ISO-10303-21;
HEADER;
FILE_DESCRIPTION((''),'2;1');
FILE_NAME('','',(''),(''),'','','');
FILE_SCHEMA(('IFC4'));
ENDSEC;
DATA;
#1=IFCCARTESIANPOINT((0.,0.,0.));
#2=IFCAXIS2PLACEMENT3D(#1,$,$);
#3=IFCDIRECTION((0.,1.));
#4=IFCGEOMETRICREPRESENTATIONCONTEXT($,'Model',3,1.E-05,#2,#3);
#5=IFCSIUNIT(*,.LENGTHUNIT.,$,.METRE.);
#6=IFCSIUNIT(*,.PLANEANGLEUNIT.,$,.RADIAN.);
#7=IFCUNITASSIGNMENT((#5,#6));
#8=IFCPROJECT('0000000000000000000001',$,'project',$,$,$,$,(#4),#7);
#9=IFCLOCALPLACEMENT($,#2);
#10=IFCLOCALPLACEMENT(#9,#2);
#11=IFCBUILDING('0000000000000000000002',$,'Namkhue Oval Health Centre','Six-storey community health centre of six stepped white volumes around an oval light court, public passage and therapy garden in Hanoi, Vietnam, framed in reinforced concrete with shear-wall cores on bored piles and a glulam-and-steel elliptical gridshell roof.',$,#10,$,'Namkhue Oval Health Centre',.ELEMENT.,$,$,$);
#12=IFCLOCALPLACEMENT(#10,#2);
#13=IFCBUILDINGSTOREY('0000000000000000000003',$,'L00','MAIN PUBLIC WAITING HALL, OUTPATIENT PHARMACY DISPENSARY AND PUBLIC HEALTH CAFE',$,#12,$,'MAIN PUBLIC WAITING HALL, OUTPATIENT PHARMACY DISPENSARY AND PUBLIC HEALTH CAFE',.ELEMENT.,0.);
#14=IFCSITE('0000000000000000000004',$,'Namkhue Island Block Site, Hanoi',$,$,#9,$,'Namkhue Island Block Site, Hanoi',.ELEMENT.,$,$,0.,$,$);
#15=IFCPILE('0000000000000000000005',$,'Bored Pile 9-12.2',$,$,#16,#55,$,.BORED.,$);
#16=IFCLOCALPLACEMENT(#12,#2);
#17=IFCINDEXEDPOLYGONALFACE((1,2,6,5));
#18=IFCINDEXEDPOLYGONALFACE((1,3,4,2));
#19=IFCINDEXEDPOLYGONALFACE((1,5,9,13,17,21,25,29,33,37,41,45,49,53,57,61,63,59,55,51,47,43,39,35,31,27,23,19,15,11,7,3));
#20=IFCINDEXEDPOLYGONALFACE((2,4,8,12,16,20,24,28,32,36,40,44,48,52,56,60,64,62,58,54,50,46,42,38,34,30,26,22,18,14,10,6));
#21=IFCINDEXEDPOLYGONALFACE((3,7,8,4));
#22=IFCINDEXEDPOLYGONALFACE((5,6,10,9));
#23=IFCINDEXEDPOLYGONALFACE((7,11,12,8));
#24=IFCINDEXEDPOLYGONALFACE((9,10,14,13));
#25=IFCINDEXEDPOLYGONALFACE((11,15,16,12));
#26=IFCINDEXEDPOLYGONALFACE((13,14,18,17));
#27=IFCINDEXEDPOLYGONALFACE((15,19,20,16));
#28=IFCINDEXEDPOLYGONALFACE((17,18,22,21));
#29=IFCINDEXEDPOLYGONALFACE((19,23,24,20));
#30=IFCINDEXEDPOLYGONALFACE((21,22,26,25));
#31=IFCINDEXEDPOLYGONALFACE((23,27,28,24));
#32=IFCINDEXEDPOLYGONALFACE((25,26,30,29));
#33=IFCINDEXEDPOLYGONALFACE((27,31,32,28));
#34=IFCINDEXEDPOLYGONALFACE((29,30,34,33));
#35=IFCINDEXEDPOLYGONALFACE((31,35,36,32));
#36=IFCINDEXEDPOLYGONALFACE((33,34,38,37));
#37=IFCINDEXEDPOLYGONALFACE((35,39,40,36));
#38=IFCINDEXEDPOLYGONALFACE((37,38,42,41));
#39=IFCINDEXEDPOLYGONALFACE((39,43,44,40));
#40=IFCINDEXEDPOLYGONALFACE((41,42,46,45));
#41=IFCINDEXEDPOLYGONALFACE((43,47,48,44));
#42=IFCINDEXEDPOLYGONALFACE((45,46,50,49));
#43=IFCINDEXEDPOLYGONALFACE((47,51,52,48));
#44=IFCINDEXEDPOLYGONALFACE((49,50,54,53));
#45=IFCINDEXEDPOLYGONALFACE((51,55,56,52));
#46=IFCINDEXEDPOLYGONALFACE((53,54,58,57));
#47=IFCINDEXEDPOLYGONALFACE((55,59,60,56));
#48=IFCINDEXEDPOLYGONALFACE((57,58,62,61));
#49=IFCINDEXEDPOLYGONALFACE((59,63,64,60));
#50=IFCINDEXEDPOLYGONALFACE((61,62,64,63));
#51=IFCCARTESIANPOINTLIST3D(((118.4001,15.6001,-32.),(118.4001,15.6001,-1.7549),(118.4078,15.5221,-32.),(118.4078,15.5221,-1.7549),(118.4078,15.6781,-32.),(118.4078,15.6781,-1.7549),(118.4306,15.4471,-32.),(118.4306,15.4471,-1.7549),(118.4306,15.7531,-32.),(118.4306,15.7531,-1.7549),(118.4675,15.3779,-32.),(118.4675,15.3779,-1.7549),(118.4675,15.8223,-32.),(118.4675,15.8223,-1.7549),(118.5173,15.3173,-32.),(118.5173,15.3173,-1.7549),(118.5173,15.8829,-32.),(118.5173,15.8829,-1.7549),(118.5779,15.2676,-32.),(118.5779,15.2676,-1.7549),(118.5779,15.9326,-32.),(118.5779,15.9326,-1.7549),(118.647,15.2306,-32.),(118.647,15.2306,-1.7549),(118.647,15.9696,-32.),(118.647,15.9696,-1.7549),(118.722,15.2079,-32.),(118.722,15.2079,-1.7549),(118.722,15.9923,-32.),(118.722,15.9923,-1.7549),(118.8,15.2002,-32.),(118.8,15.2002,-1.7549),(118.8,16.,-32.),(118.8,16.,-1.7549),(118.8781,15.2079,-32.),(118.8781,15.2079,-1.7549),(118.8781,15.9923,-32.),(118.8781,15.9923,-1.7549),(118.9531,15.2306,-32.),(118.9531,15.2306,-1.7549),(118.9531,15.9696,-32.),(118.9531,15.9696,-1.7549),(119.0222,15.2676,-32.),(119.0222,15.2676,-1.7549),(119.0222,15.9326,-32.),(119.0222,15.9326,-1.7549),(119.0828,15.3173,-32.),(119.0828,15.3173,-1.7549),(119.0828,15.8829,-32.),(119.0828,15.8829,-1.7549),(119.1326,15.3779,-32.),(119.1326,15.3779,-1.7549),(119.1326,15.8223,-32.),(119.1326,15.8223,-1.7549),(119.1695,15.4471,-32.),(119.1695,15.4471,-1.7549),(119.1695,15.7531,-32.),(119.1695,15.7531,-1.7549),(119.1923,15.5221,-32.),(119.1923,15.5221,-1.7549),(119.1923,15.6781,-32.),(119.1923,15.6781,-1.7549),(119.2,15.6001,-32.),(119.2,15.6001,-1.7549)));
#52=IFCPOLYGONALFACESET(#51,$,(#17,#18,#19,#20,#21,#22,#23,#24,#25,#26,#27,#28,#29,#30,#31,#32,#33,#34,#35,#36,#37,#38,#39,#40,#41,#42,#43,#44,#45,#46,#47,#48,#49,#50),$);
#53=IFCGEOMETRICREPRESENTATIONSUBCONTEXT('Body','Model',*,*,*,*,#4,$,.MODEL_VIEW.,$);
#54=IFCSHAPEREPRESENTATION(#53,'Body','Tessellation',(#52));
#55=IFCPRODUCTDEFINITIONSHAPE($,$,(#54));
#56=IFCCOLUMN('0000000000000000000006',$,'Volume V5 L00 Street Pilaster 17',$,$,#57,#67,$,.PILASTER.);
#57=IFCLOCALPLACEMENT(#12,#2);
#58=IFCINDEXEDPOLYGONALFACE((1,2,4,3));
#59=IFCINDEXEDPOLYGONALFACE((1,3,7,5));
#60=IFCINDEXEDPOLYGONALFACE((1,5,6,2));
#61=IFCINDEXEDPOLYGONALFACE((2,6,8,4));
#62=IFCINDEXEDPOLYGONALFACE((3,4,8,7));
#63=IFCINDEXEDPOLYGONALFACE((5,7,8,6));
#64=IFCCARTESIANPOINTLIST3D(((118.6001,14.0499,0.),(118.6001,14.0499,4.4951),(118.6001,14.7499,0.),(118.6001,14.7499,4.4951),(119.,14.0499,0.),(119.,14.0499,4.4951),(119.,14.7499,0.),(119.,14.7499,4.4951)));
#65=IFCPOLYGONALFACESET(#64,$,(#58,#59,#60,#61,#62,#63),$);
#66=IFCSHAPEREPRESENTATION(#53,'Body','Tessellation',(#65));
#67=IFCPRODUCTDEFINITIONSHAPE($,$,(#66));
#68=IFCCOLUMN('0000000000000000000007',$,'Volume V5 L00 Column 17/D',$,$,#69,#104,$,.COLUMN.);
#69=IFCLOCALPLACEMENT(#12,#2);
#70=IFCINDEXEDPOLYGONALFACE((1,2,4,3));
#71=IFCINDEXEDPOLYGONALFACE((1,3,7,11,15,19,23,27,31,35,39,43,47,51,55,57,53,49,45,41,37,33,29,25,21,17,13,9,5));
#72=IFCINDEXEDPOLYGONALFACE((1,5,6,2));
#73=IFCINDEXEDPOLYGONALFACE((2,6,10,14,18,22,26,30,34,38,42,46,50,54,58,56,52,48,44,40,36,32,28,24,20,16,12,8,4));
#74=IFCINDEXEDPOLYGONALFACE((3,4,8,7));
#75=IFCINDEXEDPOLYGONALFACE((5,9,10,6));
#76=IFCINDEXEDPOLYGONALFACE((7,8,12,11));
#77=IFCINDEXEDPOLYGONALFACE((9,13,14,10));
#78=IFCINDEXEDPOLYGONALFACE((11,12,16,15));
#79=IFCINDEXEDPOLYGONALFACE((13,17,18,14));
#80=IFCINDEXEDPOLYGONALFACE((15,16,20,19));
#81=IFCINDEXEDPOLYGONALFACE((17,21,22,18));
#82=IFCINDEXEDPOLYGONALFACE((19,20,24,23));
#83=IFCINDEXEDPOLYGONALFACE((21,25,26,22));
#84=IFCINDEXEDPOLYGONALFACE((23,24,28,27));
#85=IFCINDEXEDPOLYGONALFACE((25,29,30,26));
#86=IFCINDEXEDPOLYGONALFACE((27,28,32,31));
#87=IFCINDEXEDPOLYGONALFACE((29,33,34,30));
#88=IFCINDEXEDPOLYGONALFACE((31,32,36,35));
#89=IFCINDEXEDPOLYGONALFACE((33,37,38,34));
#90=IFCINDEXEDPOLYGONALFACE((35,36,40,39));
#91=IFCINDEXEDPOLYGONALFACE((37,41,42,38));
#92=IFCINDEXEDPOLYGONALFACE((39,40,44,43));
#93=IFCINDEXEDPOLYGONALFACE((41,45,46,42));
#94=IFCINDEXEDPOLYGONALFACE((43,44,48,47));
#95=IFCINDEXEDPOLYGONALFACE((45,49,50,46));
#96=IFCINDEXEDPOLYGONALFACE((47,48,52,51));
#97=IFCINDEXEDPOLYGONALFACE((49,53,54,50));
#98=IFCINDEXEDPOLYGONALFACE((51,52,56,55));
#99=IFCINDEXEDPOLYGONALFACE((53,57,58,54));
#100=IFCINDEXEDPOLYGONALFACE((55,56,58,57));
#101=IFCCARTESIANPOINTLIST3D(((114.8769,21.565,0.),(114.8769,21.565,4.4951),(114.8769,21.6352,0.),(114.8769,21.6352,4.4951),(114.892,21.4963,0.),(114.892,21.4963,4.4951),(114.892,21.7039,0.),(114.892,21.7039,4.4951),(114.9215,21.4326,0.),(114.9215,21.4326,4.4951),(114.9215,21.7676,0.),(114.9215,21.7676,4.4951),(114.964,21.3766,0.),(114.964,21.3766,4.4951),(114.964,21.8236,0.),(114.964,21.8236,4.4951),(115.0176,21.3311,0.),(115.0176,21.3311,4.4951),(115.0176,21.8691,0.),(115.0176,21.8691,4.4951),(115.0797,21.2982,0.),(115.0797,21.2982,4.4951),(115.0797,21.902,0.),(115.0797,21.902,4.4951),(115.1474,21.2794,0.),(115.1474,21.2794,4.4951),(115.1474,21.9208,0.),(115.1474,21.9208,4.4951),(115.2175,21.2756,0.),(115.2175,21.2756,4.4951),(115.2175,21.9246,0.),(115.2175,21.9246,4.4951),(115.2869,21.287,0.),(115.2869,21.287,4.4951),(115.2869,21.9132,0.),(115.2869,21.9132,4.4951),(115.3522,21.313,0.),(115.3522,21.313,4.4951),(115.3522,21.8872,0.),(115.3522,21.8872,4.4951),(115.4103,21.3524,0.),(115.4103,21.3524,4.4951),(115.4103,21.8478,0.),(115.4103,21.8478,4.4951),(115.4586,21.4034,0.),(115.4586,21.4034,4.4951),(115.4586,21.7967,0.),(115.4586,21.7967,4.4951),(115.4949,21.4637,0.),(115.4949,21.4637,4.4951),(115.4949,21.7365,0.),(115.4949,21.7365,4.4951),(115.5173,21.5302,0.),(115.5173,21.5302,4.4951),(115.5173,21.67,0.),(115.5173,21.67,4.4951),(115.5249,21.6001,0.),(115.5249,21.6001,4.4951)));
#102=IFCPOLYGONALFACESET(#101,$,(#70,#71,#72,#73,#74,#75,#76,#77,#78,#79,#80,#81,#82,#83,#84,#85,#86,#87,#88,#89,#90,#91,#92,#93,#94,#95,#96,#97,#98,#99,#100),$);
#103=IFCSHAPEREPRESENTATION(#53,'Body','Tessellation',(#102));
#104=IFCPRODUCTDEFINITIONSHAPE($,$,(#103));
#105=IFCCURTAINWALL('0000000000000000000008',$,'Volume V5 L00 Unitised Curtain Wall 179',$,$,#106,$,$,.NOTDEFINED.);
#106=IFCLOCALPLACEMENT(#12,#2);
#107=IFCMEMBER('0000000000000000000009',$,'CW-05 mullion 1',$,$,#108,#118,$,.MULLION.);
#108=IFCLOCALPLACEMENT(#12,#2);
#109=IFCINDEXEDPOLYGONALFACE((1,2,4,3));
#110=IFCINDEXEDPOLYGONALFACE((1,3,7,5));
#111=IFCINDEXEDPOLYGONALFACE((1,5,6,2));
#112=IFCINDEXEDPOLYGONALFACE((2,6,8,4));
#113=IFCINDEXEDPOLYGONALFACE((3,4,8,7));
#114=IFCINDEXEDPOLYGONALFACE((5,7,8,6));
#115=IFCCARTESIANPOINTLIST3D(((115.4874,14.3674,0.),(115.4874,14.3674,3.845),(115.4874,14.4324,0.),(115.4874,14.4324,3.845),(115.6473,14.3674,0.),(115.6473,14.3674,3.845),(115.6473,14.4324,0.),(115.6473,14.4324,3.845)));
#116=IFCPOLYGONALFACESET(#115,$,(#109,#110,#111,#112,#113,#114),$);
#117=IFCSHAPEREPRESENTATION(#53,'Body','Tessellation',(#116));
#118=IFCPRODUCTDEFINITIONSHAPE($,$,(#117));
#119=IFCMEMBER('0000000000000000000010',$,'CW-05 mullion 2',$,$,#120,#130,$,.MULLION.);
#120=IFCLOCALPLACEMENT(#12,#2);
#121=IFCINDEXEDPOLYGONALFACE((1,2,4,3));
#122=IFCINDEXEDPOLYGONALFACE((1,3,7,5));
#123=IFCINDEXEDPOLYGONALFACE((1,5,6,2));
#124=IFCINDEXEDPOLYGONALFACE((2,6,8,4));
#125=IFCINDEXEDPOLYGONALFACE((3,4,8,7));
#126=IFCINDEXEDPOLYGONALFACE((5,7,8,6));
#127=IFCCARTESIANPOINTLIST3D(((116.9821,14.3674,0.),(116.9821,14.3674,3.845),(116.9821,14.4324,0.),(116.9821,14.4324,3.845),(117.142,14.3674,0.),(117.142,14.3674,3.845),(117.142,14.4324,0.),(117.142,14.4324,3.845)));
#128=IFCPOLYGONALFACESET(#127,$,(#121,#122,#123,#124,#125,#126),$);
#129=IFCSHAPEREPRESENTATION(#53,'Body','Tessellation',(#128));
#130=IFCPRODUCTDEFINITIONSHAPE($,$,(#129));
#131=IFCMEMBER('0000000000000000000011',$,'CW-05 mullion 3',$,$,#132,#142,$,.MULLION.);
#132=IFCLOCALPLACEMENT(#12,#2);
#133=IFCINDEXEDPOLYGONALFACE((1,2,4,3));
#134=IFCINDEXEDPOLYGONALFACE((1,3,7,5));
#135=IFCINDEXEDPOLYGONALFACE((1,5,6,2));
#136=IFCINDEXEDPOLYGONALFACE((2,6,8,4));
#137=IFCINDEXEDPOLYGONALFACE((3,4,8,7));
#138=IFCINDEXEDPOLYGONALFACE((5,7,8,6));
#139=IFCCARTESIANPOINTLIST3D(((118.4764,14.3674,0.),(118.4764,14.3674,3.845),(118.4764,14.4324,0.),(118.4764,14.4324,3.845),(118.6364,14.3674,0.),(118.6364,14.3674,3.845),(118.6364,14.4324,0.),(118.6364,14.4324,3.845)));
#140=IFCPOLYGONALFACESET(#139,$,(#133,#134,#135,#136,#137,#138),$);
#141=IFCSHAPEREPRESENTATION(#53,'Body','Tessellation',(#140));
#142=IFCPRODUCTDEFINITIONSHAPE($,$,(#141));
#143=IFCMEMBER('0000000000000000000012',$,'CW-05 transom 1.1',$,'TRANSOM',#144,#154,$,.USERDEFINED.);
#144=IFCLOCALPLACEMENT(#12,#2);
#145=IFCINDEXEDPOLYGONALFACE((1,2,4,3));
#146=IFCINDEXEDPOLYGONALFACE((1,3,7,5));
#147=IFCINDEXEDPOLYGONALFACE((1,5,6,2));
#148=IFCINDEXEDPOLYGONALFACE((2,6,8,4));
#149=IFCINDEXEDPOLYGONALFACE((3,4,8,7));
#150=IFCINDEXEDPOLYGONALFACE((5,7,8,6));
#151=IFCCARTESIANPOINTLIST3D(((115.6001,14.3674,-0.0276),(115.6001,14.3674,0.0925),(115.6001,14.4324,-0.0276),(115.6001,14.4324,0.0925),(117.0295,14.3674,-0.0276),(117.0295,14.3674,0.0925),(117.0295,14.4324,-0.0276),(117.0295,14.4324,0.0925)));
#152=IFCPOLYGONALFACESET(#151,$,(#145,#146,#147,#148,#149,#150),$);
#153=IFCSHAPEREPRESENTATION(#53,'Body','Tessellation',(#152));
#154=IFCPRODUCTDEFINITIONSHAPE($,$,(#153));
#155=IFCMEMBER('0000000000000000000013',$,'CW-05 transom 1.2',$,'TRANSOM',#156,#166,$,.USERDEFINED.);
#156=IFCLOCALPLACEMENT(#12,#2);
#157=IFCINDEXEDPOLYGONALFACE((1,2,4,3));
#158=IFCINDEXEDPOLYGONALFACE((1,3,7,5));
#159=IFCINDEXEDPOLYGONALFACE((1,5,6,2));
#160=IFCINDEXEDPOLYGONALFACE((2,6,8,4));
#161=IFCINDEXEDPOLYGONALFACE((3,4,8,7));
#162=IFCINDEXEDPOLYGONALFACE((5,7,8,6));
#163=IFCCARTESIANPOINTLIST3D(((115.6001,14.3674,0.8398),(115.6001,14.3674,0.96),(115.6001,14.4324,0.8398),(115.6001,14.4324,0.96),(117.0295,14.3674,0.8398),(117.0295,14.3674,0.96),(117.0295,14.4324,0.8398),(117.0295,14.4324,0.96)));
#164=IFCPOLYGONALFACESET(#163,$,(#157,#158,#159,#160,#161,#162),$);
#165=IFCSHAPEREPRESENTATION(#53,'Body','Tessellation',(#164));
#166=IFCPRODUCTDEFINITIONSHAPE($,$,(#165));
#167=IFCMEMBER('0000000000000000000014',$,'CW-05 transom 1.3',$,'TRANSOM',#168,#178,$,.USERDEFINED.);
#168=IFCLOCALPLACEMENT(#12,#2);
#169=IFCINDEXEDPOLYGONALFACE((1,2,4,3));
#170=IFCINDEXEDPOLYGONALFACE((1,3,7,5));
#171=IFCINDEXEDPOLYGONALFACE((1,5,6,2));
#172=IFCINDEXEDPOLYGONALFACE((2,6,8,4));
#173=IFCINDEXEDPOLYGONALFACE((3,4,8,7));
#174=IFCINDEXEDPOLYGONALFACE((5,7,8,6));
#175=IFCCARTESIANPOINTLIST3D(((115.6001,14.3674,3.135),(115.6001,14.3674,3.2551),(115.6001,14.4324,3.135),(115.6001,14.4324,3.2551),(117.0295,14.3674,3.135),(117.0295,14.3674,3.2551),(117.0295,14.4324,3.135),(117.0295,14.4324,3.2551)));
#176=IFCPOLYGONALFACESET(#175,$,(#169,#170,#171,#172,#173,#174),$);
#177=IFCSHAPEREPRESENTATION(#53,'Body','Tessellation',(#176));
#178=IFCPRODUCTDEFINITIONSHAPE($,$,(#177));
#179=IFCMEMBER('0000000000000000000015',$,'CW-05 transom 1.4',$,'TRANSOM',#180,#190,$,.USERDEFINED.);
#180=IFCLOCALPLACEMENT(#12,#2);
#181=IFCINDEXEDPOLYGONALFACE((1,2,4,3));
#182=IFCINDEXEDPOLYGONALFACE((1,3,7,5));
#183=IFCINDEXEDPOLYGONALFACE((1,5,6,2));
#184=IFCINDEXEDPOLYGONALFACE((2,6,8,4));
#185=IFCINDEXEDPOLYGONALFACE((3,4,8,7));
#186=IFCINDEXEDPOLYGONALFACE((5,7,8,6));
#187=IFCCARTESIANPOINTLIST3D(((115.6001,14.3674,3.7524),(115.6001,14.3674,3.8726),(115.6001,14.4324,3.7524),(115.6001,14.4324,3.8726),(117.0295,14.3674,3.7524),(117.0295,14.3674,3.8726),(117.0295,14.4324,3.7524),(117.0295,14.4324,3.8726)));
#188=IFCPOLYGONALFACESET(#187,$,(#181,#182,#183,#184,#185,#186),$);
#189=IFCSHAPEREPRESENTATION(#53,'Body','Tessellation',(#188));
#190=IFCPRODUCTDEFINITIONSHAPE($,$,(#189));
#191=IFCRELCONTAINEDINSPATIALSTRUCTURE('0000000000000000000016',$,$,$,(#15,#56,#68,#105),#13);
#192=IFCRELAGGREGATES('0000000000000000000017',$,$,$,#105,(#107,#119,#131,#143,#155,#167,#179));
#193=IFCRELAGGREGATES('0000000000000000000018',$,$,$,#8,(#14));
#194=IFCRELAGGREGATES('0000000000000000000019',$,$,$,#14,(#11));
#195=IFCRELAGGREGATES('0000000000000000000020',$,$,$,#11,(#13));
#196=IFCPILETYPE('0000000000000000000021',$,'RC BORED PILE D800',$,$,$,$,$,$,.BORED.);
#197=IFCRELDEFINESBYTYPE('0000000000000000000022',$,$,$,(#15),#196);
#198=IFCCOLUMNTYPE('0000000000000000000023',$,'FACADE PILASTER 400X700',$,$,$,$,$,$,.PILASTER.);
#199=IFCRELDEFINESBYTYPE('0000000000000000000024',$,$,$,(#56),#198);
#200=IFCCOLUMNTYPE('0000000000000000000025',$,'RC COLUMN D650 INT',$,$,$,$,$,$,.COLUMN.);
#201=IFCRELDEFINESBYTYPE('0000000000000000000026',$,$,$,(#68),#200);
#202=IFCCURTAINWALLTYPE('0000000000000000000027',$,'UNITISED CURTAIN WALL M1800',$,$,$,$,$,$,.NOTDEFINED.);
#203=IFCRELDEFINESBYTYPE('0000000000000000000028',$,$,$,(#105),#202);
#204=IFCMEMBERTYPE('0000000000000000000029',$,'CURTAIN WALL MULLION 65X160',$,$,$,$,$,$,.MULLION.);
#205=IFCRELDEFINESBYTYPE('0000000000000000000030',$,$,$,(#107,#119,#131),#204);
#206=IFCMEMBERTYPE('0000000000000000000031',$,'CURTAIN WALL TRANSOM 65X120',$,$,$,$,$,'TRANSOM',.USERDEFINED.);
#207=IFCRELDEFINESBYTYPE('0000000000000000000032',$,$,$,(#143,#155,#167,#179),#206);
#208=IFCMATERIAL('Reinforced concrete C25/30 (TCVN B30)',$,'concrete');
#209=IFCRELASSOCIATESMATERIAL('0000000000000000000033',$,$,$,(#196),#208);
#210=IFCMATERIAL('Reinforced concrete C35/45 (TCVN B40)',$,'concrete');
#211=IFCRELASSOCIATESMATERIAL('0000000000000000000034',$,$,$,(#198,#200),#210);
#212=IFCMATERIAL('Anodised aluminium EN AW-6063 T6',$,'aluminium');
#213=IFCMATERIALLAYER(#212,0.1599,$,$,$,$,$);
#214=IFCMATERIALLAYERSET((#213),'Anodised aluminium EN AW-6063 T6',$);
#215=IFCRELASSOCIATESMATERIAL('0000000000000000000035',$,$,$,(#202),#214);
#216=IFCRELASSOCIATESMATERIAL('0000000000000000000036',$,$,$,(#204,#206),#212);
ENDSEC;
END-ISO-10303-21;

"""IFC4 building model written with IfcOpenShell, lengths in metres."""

from ifc_helpers import new_model, si_unit, direction, frame, origin, origin_2d, place, context, subcontext, project, spatial, rectangle, circle, extrude, material, layer, layer_set, material_profile, profile_set, type_object, element, aggregate, save


model = new_model("IFC4")

# Units and contexts
model_context = context("Model", 3, precision=1e-05, world=origin(), true_north=direction((0.0, 1.0)))
body_context = subcontext(model_context, "Body", "Model", "MODEL_VIEW")
ifc_project = project(units=[si_unit("LENGTHUNIT", "METRE"), si_unit("PLANEANGLEUNIT", "RADIAN")], contexts=[model_context])

# Site, building, storey
site_placement = place(None, origin())
site = spatial("IfcSite", under=ifc_project, at=site_placement, Name="Namkhue Island Block Site, Hanoi", LongName="Namkhue Island Block Site, Hanoi", CompositionType="ELEMENT", RefElevation=0.0)
building_placement = place(site_placement, origin())
building = spatial("IfcBuilding", under=site, at=building_placement, Name="Namkhue Oval Health Centre", Description="Six-storey community health centre of six stepped white volumes around an oval light court, public passage and therapy garden in Hanoi, Vietnam, framed in reinforced concrete with shear-wall cores on bored piles and a glulam-and-steel elliptical gridshell roof.", LongName="Namkhue Oval Health Centre", CompositionType="ELEMENT")
storey_placement = place(building_placement, origin())
storey = spatial("IfcBuildingStorey", under=building, at=storey_placement, Name="L00", Description="MAIN PUBLIC WAITING HALL, OUTPATIENT PHARMACY DISPENSARY AND PUBLIC HEALTH CAFE", LongName="MAIN PUBLIC WAITING HALL, OUTPATIENT PHARMACY DISPENSARY AND PUBLIC HEALTH CAFE", CompositionType="ELEMENT", Elevation=0.0)

# Pile
ifc_material_1 = material(Name="Reinforced concrete C25/30 (TCVN B30)", Category="concrete")
ifc_material_profile_1 = material_profile(ifc_material_1, circle(Radius=0.3999, at=origin_2d()), Name="BORED PILE D800")
ifc_profile_set_1 = profile_set([ifc_material_profile_1], Name="Reinforced concrete C25/30 (TCVN B30)")
pile_type_1 = type_object("IfcPileType", Name="RC BORED PILE D800", PredefinedType="BORED", material=ifc_profile_set_1)
for number, where, z_axis, x_axis, name in (
    (1, (118.8, 15.6001, -1.7549), (0.0, 0.0, -1.0), (1.0, 0.0, 0.0), "Bored Pile 9-12.2"),
):
    element("IfcPile", number, at=place(storey_placement, frame(where, z_axis=z_axis, x_axis=x_axis)), inside=storey, type_object=pile_type_1, Name=name, PredefinedType="BORED", context=body_context, shape_type="SweptSolid", body=[
        extrude(circle(Radius=0.3999, at=origin_2d()), origin(), (0.0, 0.0, 1.0), 30.2451),
    ])

# Columns
ifc_material_2 = material(Name="Reinforced concrete C35/45 (TCVN B40)", Category="concrete")
ifc_material_profile_2 = material_profile(ifc_material_2, rectangle(XDim=0.3999, YDim=0.7, at=origin_2d()), Name="RC 400x700")
ifc_profile_set_2 = profile_set([ifc_material_profile_2], Name="Reinforced concrete C35/45 (TCVN B40)")
column_type_1 = type_object("IfcColumnType", Name="FACADE PILASTER 400X700", PredefinedType="PILASTER", material=ifc_profile_set_2)
column_1_placement = place(storey_placement, frame((118.8, 14.3999, 0.0), z_axis=(0.0, 0.0, 1.0), x_axis=(1.0, 0.0, 0.0)))
element("IfcColumn", 2, at=column_1_placement, inside=storey, type_object=column_type_1, Name="Volume V5 L00 Street Pilaster 17", PredefinedType="PILASTER", context=body_context, shape_type="SweptSolid", body=[
    extrude(rectangle(XDim=0.3999, YDim=0.7, at=origin_2d()), origin(), (0.0, 0.0, 1.0), 4.4951),
])
ifc_material_profile_3 = material_profile(ifc_material_2, circle(Radius=0.325, at=origin_2d()), Name="RC D650")
ifc_profile_set_3 = profile_set([ifc_material_profile_3], Name="Reinforced concrete C35/45 (TCVN B40)")
column_type_2 = type_object("IfcColumnType", Name="RC COLUMN D650 INT", PredefinedType="COLUMN", material=ifc_profile_set_3)
column_2_placement = place(storey_placement, frame((115.2, 21.6001, 0.0), z_axis=(0.0, 0.0, 1.0), x_axis=(1.0, 0.0, 0.0)))
element("IfcColumn", 3, at=column_2_placement, inside=storey, type_object=column_type_2, Name="Volume V5 L00 Column 17/D", PredefinedType="COLUMN", context=body_context, shape_type="SweptSolid", body=[
    extrude(circle(Radius=0.325, at=origin_2d()), origin(), (0.0, 0.0, 1.0), 4.4951),
])

# Curtain wall, members
ifc_material_3 = material(Name="Anodised aluminium EN AW-6063 T6", Category="aluminium")
ifc_layer_1 = layer(ifc_material_3, 0.1599)
ifc_layer_set_1 = layer_set([ifc_layer_1], Name="Anodised aluminium EN AW-6063 T6")
curtain_wall_type = type_object("IfcCurtainWallType", Name="UNITISED CURTAIN WALL M1800", PredefinedType="NOTDEFINED", material=ifc_layer_set_1)
curtain_wall_placement = place(storey_placement, origin())
curtain_wall = element("IfcCurtainWall", 4, at=curtain_wall_placement, inside=storey, type_object=curtain_wall_type, Name="Volume V5 L00 Unitised Curtain Wall 179", PredefinedType="NOTDEFINED")
ifc_material_profile_4 = material_profile(ifc_material_3, rectangle(XDim=0.0649, YDim=0.1599, at=origin_2d()), Name="ALU 65x160")
ifc_profile_set_4 = profile_set([ifc_material_profile_4], Name="Anodised aluminium EN AW-6063 T6")
member_type_1 = type_object("IfcMemberType", Name="CURTAIN WALL MULLION 65X160", PredefinedType="MULLION", material=ifc_profile_set_4)
member_1_placement = place(storey_placement, frame((115.5674, 14.3999, 0.0), z_axis=(0.0, 0.0, 1.0), x_axis=(0.0, 1.0, 0.0)))
member_1 = element("IfcMember", 5, at=member_1_placement, type_object=member_type_1, Name="CW-05 mullion 1", PredefinedType="MULLION", context=body_context, shape_type="SweptSolid", body=[
    extrude(rectangle(XDim=0.0649, YDim=0.1599, at=origin_2d()), origin(), (0.0, 0.0, 1.0), 3.845),
])
member_2_placement = place(storey_placement, frame((117.062, 14.3999, 0.0), z_axis=(0.0, 0.0, 1.0), x_axis=(0.0, 1.0, 0.0)))
member_2 = element("IfcMember", 6, at=member_2_placement, type_object=member_type_1, Name="CW-05 mullion 2", PredefinedType="MULLION", context=body_context, shape_type="SweptSolid", body=[
    extrude(rectangle(XDim=0.0649, YDim=0.1599, at=origin_2d()), origin(), (0.0, 0.0, 1.0), 3.845),
])
member_3_placement = place(storey_placement, frame((118.5564, 14.3999, 0.0), z_axis=(0.0, 0.0, 1.0), x_axis=(0.0, 1.0, 0.0)))
member_3 = element("IfcMember", 7, at=member_3_placement, type_object=member_type_1, Name="CW-05 mullion 3", PredefinedType="MULLION", context=body_context, shape_type="SweptSolid", body=[
    extrude(rectangle(XDim=0.0649, YDim=0.1599, at=origin_2d()), origin(), (0.0, 0.0, 1.0), 3.845),
])
ifc_material_profile_5 = material_profile(ifc_material_3, rectangle(XDim=0.0649, YDim=0.1201, at=origin_2d()), Name="ALU 65x120")
ifc_profile_set_5 = profile_set([ifc_material_profile_5], Name="Anodised aluminium EN AW-6063 T6")
member_type_2 = type_object("IfcMemberType", Name="CURTAIN WALL TRANSOM 65X120", ElementType="TRANSOM", PredefinedType="USERDEFINED", material=ifc_profile_set_5)
member_4_placement = place(storey_placement, frame((115.6001, 14.3999, 0.0325), z_axis=(1.0, 0.0, 0.0), x_axis=(0.0, 1.0, 0.0)))
member_4 = element("IfcMember", 8, at=member_4_placement, type_object=member_type_2, Name="CW-05 transom 1.1", ObjectType="TRANSOM", PredefinedType="USERDEFINED", context=body_context, shape_type="SweptSolid", body=[
    extrude(rectangle(XDim=0.0649, YDim=0.1201, at=origin_2d()), origin(), (0.0, 0.0, 1.0), 1.4294),
])
member_5_placement = place(storey_placement, frame((115.6001, 14.3999, 0.8999), z_axis=(1.0, 0.0, 0.0), x_axis=(0.0, 1.0, 0.0)))
member_5 = element("IfcMember", 9, at=member_5_placement, type_object=member_type_2, Name="CW-05 transom 1.2", ObjectType="TRANSOM", PredefinedType="USERDEFINED", context=body_context, shape_type="SweptSolid", body=[
    extrude(rectangle(XDim=0.0649, YDim=0.1201, at=origin_2d()), origin(), (0.0, 0.0, 1.0), 1.4294),
])
member_6_placement = place(storey_placement, frame((115.6001, 14.3999, 3.1951), z_axis=(1.0, 0.0, 0.0), x_axis=(0.0, 1.0, 0.0)))
member_6 = element("IfcMember", 10, at=member_6_placement, type_object=member_type_2, Name="CW-05 transom 1.3", ObjectType="TRANSOM", PredefinedType="USERDEFINED", context=body_context, shape_type="SweptSolid", body=[
    extrude(rectangle(XDim=0.0649, YDim=0.1201, at=origin_2d()), origin(), (0.0, 0.0, 1.0), 1.4294),
])
member_7_placement = place(storey_placement, frame((115.6001, 14.3999, 3.8125), z_axis=(1.0, 0.0, 0.0), x_axis=(0.0, 1.0, 0.0)))
member_7 = element("IfcMember", 11, at=member_7_placement, type_object=member_type_2, Name="CW-05 transom 1.4", ObjectType="TRANSOM", PredefinedType="USERDEFINED", context=body_context, shape_type="SweptSolid", body=[
    extrude(rectangle(XDim=0.0649, YDim=0.1201, at=origin_2d()), origin(), (0.0, 0.0, 1.0), 1.4294),
])

aggregate(curtain_wall, [member_1, member_2, member_3, member_4, member_5, member_6, member_7])

save(model, "model.ifc")
